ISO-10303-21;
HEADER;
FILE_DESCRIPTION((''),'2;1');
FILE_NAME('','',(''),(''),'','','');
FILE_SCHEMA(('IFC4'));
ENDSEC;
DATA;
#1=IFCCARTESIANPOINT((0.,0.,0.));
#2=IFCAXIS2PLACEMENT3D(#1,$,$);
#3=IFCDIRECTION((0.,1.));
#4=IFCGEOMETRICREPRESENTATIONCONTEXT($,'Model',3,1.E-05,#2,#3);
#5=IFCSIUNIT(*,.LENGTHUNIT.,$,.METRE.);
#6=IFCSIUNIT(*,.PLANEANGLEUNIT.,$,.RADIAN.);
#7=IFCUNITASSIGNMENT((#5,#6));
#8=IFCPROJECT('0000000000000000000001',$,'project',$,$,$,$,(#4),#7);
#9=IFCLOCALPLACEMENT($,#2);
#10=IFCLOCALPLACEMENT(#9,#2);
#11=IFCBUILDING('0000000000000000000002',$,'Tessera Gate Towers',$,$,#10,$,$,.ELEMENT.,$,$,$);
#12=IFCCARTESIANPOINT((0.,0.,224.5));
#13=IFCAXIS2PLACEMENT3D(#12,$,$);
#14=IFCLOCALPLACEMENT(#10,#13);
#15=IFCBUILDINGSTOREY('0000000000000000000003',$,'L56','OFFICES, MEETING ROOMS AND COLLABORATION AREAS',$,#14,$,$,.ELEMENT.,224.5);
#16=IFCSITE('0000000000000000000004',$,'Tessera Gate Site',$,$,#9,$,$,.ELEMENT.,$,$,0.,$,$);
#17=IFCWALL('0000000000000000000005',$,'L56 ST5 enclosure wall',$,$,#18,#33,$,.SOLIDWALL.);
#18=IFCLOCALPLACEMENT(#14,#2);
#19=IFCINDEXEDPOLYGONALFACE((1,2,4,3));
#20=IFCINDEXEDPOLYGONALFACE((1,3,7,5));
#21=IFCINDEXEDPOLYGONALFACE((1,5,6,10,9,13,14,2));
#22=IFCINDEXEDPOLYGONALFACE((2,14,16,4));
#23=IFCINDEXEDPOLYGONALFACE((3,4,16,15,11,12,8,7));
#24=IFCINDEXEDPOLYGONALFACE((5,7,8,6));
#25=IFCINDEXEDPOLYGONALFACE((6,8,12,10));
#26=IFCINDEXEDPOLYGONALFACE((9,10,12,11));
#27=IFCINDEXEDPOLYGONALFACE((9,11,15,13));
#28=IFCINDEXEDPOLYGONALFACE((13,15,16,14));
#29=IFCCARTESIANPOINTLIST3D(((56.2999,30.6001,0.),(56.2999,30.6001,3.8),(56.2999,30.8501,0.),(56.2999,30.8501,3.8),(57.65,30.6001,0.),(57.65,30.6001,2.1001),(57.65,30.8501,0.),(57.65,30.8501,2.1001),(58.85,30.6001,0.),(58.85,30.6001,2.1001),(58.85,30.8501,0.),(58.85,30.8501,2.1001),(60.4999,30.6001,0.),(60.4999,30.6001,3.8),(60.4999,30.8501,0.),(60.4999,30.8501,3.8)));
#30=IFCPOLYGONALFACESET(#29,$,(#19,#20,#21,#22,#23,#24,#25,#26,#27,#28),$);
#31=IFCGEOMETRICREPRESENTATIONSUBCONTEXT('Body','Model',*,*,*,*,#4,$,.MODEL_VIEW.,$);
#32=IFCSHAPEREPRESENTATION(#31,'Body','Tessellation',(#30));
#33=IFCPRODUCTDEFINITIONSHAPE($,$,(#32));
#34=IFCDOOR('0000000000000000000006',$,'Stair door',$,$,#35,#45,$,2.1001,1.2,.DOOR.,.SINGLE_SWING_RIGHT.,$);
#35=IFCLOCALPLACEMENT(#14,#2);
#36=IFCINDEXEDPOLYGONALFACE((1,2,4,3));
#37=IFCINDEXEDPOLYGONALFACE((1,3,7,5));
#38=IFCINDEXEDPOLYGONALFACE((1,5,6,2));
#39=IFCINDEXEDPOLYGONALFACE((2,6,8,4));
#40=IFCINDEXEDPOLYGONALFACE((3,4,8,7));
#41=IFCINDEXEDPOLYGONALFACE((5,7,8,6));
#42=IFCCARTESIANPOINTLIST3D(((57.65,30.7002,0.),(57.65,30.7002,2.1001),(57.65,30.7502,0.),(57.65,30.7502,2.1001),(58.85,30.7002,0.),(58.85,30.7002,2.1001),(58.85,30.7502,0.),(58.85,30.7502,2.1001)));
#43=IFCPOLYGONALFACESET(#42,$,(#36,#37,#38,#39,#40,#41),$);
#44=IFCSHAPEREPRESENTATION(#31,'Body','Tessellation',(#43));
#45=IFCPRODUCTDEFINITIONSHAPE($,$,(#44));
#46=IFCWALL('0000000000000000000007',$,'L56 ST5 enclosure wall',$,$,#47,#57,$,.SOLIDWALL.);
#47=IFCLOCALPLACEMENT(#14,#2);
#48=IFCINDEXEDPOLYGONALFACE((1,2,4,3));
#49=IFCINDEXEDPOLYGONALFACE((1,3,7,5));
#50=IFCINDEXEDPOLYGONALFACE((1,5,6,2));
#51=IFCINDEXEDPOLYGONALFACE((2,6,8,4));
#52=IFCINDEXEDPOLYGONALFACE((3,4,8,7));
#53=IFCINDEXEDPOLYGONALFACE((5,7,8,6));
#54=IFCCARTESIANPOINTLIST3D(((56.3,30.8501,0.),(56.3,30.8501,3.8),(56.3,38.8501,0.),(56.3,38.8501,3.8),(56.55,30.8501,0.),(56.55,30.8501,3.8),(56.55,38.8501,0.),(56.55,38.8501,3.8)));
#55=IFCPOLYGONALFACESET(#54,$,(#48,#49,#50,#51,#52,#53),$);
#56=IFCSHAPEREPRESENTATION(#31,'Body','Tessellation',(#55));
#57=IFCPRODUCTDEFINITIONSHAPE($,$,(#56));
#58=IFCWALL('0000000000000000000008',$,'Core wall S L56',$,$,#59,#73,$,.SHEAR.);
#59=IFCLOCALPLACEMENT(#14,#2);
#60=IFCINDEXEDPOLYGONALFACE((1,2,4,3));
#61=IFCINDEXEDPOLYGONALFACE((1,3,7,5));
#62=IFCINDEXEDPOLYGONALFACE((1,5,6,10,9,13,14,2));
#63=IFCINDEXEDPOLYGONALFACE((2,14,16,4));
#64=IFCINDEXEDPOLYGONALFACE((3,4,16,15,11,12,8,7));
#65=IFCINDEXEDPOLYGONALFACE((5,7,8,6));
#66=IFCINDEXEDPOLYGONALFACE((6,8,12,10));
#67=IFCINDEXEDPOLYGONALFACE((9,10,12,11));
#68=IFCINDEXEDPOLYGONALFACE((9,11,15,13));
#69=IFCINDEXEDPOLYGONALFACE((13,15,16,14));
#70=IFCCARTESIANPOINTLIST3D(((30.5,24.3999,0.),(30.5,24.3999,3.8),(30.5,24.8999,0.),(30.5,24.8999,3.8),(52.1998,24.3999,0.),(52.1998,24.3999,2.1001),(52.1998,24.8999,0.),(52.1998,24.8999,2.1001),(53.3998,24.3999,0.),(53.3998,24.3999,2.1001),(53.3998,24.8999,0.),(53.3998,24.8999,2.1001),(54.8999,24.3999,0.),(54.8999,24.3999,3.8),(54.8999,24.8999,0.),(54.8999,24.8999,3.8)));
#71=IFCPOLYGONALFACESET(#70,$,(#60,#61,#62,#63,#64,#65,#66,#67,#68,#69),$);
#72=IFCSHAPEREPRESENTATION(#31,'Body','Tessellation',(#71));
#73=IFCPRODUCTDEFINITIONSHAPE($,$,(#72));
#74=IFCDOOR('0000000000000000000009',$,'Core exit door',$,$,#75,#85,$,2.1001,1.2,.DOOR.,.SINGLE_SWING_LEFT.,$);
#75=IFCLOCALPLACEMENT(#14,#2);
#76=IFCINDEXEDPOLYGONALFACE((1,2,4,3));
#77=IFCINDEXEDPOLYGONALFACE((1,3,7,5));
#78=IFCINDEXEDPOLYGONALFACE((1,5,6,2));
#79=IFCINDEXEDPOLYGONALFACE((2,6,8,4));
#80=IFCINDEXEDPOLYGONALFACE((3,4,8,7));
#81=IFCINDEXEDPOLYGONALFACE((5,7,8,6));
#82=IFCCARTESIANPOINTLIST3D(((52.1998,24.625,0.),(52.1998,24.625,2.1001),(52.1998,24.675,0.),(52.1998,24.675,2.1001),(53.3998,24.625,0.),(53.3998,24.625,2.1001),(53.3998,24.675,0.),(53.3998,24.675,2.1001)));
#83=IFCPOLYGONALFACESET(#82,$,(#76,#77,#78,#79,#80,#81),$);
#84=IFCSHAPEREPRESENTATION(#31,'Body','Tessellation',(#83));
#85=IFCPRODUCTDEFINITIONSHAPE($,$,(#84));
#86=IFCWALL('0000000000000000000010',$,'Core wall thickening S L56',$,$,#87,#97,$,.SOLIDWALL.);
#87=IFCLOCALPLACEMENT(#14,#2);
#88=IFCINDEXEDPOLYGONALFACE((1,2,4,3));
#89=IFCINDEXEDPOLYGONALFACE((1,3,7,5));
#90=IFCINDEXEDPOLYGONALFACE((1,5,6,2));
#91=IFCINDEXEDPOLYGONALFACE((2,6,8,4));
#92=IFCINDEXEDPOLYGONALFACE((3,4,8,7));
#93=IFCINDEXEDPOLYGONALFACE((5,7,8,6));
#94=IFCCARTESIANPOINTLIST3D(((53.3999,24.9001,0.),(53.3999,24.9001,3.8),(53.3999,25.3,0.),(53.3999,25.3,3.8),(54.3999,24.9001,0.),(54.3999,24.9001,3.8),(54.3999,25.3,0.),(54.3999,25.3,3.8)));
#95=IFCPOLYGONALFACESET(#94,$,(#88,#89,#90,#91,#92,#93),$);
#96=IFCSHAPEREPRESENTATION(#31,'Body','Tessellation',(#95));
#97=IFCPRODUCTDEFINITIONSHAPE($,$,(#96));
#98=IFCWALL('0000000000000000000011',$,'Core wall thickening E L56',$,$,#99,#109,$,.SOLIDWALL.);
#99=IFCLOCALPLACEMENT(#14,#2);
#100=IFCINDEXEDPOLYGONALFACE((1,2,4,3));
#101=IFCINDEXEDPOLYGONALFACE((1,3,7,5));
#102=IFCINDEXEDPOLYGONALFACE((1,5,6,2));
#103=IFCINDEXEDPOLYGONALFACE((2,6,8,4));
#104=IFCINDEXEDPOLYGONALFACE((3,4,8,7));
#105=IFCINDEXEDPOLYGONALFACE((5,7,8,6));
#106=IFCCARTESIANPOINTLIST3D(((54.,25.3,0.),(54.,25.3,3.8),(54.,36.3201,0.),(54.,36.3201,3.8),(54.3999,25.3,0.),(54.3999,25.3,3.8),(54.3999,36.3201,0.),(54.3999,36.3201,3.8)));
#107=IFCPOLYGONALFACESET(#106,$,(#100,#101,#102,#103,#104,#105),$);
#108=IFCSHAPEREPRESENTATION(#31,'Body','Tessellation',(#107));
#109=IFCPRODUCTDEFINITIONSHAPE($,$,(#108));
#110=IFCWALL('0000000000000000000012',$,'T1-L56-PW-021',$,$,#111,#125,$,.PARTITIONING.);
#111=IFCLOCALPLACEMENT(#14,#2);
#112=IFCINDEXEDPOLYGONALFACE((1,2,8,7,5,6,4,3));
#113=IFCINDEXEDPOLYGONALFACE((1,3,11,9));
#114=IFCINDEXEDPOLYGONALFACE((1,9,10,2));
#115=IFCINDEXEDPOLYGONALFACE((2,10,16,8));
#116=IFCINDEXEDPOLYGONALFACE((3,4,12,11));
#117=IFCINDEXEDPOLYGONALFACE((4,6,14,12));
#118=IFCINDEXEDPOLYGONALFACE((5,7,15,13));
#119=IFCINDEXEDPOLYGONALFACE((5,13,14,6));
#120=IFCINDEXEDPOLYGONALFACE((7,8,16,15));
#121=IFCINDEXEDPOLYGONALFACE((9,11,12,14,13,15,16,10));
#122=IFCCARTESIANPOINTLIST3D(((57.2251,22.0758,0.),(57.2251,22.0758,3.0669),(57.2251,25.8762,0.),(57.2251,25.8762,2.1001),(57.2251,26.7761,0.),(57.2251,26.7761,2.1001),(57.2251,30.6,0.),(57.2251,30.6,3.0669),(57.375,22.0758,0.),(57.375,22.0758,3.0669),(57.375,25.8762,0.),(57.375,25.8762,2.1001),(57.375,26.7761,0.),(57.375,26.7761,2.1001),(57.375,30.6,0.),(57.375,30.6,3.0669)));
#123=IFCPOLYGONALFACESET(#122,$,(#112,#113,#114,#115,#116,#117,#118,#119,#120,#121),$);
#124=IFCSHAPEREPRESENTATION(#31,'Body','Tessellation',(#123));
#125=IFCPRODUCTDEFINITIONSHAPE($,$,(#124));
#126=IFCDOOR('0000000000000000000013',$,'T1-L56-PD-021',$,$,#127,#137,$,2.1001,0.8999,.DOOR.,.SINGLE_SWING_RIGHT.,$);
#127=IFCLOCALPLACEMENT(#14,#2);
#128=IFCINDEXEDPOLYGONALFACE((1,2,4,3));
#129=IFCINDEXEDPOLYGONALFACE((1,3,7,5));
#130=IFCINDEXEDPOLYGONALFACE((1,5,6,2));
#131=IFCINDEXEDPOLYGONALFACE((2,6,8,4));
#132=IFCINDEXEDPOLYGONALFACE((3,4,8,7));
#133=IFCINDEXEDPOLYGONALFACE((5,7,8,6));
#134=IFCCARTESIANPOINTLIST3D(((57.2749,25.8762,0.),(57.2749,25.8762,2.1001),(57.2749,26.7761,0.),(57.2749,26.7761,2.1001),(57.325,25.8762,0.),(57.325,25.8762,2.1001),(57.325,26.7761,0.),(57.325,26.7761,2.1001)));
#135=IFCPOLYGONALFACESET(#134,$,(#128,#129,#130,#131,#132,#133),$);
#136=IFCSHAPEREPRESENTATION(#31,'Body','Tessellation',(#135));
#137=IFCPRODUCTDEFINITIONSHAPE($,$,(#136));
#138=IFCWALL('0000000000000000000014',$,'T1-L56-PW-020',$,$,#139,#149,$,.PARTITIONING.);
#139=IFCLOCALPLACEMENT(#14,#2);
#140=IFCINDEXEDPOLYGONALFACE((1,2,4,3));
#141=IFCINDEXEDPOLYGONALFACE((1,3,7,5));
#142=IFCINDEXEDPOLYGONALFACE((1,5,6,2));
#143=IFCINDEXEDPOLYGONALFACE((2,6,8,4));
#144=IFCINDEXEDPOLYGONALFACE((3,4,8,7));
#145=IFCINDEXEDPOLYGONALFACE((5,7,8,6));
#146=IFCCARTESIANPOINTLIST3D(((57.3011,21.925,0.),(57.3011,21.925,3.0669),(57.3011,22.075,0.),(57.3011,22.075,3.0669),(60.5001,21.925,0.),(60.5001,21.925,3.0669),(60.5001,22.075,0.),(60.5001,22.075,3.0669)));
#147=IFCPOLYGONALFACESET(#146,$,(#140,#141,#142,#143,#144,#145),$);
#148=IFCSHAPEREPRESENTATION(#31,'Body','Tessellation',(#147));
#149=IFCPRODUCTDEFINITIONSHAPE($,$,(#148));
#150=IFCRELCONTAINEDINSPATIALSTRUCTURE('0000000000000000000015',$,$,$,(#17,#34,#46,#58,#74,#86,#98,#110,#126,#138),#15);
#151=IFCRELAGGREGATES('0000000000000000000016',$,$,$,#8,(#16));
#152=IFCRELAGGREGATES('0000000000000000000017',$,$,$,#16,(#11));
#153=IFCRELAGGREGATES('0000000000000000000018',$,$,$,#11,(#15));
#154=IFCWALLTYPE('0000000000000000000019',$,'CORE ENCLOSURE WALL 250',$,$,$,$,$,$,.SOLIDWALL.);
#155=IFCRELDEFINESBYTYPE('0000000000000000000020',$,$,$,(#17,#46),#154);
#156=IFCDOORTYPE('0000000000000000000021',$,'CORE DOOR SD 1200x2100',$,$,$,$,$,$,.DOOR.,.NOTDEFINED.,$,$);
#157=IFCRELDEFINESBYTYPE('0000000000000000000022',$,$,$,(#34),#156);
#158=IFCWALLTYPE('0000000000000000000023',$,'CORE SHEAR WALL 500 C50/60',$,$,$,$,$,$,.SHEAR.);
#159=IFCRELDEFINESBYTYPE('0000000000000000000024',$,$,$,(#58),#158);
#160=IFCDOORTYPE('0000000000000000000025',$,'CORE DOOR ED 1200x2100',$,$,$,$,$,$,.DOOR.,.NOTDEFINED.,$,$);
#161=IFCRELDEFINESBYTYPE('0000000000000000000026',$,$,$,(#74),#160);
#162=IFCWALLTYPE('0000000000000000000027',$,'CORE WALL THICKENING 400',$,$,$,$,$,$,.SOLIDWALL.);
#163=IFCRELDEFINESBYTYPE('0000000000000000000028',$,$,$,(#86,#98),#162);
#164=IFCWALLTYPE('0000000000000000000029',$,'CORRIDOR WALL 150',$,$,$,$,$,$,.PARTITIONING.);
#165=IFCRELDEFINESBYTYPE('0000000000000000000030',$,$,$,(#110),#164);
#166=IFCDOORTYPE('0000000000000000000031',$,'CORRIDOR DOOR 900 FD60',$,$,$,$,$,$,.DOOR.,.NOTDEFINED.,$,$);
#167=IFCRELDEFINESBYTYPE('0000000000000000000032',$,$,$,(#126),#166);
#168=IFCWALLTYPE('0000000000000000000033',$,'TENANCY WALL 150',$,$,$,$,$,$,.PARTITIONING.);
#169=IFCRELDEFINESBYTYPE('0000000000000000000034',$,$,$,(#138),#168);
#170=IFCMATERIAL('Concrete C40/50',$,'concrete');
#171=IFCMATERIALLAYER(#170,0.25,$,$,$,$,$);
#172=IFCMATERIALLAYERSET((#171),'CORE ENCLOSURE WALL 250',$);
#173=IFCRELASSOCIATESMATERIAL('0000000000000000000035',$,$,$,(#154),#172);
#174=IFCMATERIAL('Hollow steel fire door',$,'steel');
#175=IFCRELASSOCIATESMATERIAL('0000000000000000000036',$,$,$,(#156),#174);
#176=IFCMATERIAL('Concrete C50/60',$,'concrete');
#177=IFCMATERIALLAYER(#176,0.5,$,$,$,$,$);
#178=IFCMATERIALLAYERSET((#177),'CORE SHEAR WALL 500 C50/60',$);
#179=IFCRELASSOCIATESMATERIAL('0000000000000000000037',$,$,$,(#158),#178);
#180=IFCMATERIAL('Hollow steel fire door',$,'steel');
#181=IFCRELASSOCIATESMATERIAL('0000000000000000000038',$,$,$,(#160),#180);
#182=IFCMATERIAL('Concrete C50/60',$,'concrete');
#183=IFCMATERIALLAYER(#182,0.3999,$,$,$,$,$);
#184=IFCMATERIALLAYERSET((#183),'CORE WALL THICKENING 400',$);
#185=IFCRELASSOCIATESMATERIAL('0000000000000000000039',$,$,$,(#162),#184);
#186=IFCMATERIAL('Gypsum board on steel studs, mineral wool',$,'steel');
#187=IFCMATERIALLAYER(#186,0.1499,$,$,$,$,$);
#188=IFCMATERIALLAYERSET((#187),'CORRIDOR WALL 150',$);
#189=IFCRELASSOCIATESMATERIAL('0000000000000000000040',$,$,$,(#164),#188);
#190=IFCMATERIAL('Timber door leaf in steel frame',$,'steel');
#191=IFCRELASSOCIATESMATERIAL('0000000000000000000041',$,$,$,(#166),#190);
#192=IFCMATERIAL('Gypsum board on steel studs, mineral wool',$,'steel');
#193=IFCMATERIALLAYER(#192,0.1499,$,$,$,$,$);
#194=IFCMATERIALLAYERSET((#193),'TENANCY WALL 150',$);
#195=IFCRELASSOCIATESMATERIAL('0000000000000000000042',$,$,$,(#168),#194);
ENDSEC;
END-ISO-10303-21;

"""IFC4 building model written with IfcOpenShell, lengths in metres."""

from ifc_helpers import new_model, si_unit, direction, frame, frame_2d, origin, place, context, subcontext, project, spatial, rectangle, extrude, source, transform, mapped, material, layer, layer_set, type_object, element, fill, save


model = new_model("IFC4")

# Units and contexts
model_context = context("Model", 3, precision=1e-05, world=origin(), true_north=direction((0.0, 1.0)))
body_context = subcontext(model_context, "Body", "Model", "MODEL_VIEW")
ifc_project = project(units=[si_unit("LENGTHUNIT", "METRE"), si_unit("PLANEANGLEUNIT", "RADIAN")], contexts=[model_context])

# Site, building, storey
site_placement = place(None, origin())
site = spatial("IfcSite", under=ifc_project, at=site_placement, Name="Tessera Gate Site", CompositionType="ELEMENT", RefElevation=0.0)
building_placement = place(site_placement, origin())
building = spatial("IfcBuilding", under=site, at=building_placement, Name="Tessera Gate Towers", CompositionType="ELEMENT")
storey_placement = place(building_placement, frame((0.0, 0.0, 224.5)))
storey = spatial("IfcBuildingStorey", under=building, at=storey_placement, Name="L56", Description="OFFICES, MEETING ROOMS AND COLLABORATION AREAS", CompositionType="ELEMENT", Elevation=224.5)

# Wall, opening, door
ifc_material_1 = material(Name="Concrete C40/50", Category="concrete")
ifc_layer_1 = layer(ifc_material_1, 0.25)
ifc_layer_set_1 = layer_set([ifc_layer_1], Name="CORE ENCLOSURE WALL 250")
wall_type_1 = type_object("IfcWallType", Name="CORE ENCLOSURE WALL 250", PredefinedType="SOLIDWALL", material=ifc_layer_set_1)
shared_shape_1 = source(origin(), body_context, "Body", "SweptSolid", [
    extrude(rectangle(XDim=1.2, YDim=2.1001, at=frame_2d((0.6001, 1.05))), frame((0.0, 0.135, 0.0), z_axis=(0.0, -1.0, 0.0), x_axis=(1.0, 0.0, 0.0)), (0.0, 0.0, 1.0), 0.27),
])
ifc_material_2 = material(Name="Hollow steel fire door", Category="steel")
door_type_1 = type_object("IfcDoorType", Name="CORE DOOR SD 1200x2100", OperationType="NOTDEFINED", PredefinedType="DOOR", material=ifc_material_2)
shared_shape_2 = source(origin(), body_context, "Body", "SweptSolid", [
    extrude(rectangle(XDim=1.2, YDim=2.1001, at=frame_2d((0.6001, 1.05))), frame((0.0, 0.0249, 0.0), z_axis=(0.0, -1.0, 0.0), x_axis=(1.0, 0.0, 0.0)), (0.0, 0.0, 1.0), 0.05),
])
wall_1_placement = place(storey_placement, frame((60.5, 30.7251, 0.0), z_axis=(0.0, 0.0, 1.0), x_axis=(-1.0, 0.0, 0.0)))
wall_1 = element("IfcWall", 1, at=wall_1_placement, inside=storey, type_object=wall_type_1, Name="L56 ST5 enclosure wall", PredefinedType="SOLIDWALL", context=body_context, shape_type="SweptSolid", body=[
    extrude(rectangle(XDim=4.2, YDim=0.25, at=frame_2d((2.1001, 0.0))), origin(), (0.0, 0.0, 1.0), 3.8),
])
opening_1_placement = place(wall_1_placement, frame((1.6499, 0.0, 0.0)))
opening_1 = element("IfcOpeningElement", 2, at=opening_1_placement, cuts=wall_1, PredefinedType="OPENING", context=body_context, shape_type="MappedRepresentation", body=[
    mapped(shared_shape_1, transform((0.0, 0.0, 0.0), scale=1.0)),
])
door_1_placement = place(opening_1_placement, origin())
door_1 = element("IfcDoor", 3, at=door_1_placement, inside=storey, type_object=door_type_1, Name="Stair door", OperationType="SINGLE_SWING_RIGHT", OverallHeight=2.1001, OverallWidth=1.2, PredefinedType="DOOR", context=body_context, shape_type="MappedRepresentation", body=[
    mapped(shared_shape_2, transform((0.0, 0.0, 0.0), scale=1.0)),
])
fill(opening_1, door_1)

# Wall
wall_2_placement = place(storey_placement, frame((56.425, 30.8501, 0.0), z_axis=(0.0, 0.0, 1.0), x_axis=(0.0, 1.0, 0.0)))
element("IfcWall", 4, at=wall_2_placement, inside=storey, type_object=wall_type_1, Name="L56 ST5 enclosure wall", PredefinedType="SOLIDWALL", context=body_context, shape_type="SweptSolid", body=[
    extrude(rectangle(XDim=8.0, YDim=0.25, at=frame_2d((4.0, 0.0))), origin(), (0.0, 0.0, 1.0), 3.8),
])

# Wall, opening, door
ifc_material_3 = material(Name="Concrete C50/60", Category="concrete")
ifc_layer_2 = layer(ifc_material_3, 0.5)
ifc_layer_set_2 = layer_set([ifc_layer_2], Name="CORE SHEAR WALL 500 C50/60")
wall_type_2 = type_object("IfcWallType", Name="CORE SHEAR WALL 500 C50/60", PredefinedType="SHEAR", material=ifc_layer_set_2)
wall_3_placement = place(storey_placement, frame((54.8999, 24.6499, 0.0), z_axis=(0.0, 0.0, 1.0), x_axis=(-1.0, 0.0, 0.0)))
wall_3 = element("IfcWall", 5, at=wall_3_placement, inside=storey, type_object=wall_type_2, Name="Core wall S L56", PredefinedType="SHEAR", context=body_context, shape_type="SweptSolid", body=[
    extrude(rectangle(XDim=24.3999, YDim=0.5, at=frame_2d((12.2, 0.0))), origin(), (0.0, 0.0, 1.0), 3.8),
])
shared_shape_3 = source(origin(), body_context, "Body", "SweptSolid", [
    extrude(rectangle(XDim=1.2, YDim=2.1001, at=frame_2d((0.6001, 1.05))), frame((0.0, 0.26, 0.0), z_axis=(0.0, -1.0, 0.0), x_axis=(1.0, 0.0, 0.0)), (0.0, 0.0, 1.0), 0.52),
])
opening_2_placement = place(wall_3_placement, frame((1.5, 0.0, 0.0)))
opening_2 = element("IfcOpeningElement", 6, at=opening_2_placement, cuts=wall_3, PredefinedType="OPENING", context=body_context, shape_type="MappedRepresentation", body=[
    mapped(shared_shape_3, transform((0.0, 0.0, 0.0), scale=1.0)),
])
ifc_material_4 = material(Name="Hollow steel fire door", Category="steel")
door_type_2 = type_object("IfcDoorType", Name="CORE DOOR ED 1200x2100", OperationType="NOTDEFINED", PredefinedType="DOOR", material=ifc_material_4)
door_2_placement = place(opening_2_placement, origin())
door_2 = element("IfcDoor", 7, at=door_2_placement, inside=storey, type_object=door_type_2, Name="Core exit door", OperationType="SINGLE_SWING_LEFT", OverallHeight=2.1001, OverallWidth=1.2, PredefinedType="DOOR", context=body_context, shape_type="MappedRepresentation", body=[
    mapped(shared_shape_2, transform((0.0, 0.0, 0.0), scale=1.0)),
])
fill(opening_2, door_2)

# Walls
ifc_material_5 = material(Name="Concrete C50/60", Category="concrete")
ifc_layer_3 = layer(ifc_material_5, 0.3999)
ifc_layer_set_3 = layer_set([ifc_layer_3], Name="CORE WALL THICKENING 400")
wall_type_3 = type_object("IfcWallType", Name="CORE WALL THICKENING 400", PredefinedType="SOLIDWALL", material=ifc_layer_set_3)
wall_4_placement = place(storey_placement, frame((53.3999, 25.1001, 0.0), z_axis=(0.0, 0.0, 1.0), x_axis=(1.0, 0.0, 0.0)))
element("IfcWall", 8, at=wall_4_placement, inside=storey, type_object=wall_type_3, Name="Core wall thickening S L56", PredefinedType="SOLIDWALL", context=body_context, shape_type="SweptSolid", body=[
    extrude(rectangle(XDim=1.0, YDim=0.3999, at=frame_2d((0.5, 0.0))), origin(), (0.0, 0.0, 1.0), 3.8),
])
wall_5_placement = place(storey_placement, frame((54.2, 25.3, 0.0), z_axis=(0.0, 0.0, 1.0), x_axis=(0.0, 1.0, 0.0)))
element("IfcWall", 9, at=wall_5_placement, inside=storey, type_object=wall_type_3, Name="Core wall thickening E L56", PredefinedType="SOLIDWALL", context=body_context, shape_type="SweptSolid", body=[
    extrude(rectangle(XDim=11.02, YDim=0.3999, at=frame_2d((5.51, 0.0))), origin(), (0.0, 0.0, 1.0), 3.8),
])

# Wall, opening, door
ifc_material_6 = material(Name="Gypsum board on steel studs, mineral wool", Category="steel")
ifc_layer_4 = layer(ifc_material_6, 0.1499)
ifc_layer_set_4 = layer_set([ifc_layer_4], Name="CORRIDOR WALL 150")
wall_type_4 = type_object("IfcWallType", Name="CORRIDOR WALL 150", PredefinedType="PARTITIONING", material=ifc_layer_set_4)
wall_6_placement = place(storey_placement, frame((57.3, 30.6001, 0.0), z_axis=(0.0, 0.0, 1.0), x_axis=(0.0, -1.0, 0.0)))
wall_6 = element("IfcWall", 10, at=wall_6_placement, inside=storey, type_object=wall_type_4, Name="T1-L56-PW-021", PredefinedType="PARTITIONING", context=body_context, shape_type="SweptSolid", body=[
    extrude(rectangle(XDim=8.5242, YDim=0.1499, at=frame_2d((4.2622, 0.0))), origin(), (0.0, 0.0, 1.0), 3.0669),
])
shared_shape_4 = source(origin(), body_context, "Body", "SweptSolid", [
    extrude(rectangle(XDim=0.8999, YDim=2.1001, at=frame_2d((0.45, 1.05))), frame((0.0, 0.085, 0.0), z_axis=(0.0, -1.0, 0.0), x_axis=(1.0, 0.0, 0.0)), (0.0, 0.0, 1.0), 0.1699),
])
opening_3_placement = place(wall_6_placement, frame((3.824, 0.0, 0.0)))
opening_3 = element("IfcOpeningElement", 11, at=opening_3_placement, cuts=wall_6, PredefinedType="OPENING", context=body_context, shape_type="MappedRepresentation", body=[
    mapped(shared_shape_4, transform((0.0, 0.0, 0.0), scale=1.0)),
])
ifc_material_7 = material(Name="Timber door leaf in steel frame", Category="steel")
door_type_3 = type_object("IfcDoorType", Name="CORRIDOR DOOR 900 FD60", OperationType="NOTDEFINED", PredefinedType="DOOR", material=ifc_material_7)
shared_shape_5 = source(origin(), body_context, "Body", "SweptSolid", [
    extrude(rectangle(XDim=0.8999, YDim=2.1001, at=frame_2d((0.45, 1.05))), frame((0.0, 0.0249, 0.0), z_axis=(0.0, -1.0, 0.0), x_axis=(1.0, 0.0, 0.0)), (0.0, 0.0, 1.0), 0.05),
])
door_3_placement = place(opening_3_placement, origin())
door_3 = element("IfcDoor", 12, at=door_3_placement, inside=storey, type_object=door_type_3, Name="T1-L56-PD-021", OperationType="SINGLE_SWING_RIGHT", OverallHeight=2.1001, OverallWidth=0.8999, PredefinedType="DOOR", context=body_context, shape_type="MappedRepresentation", body=[
    mapped(shared_shape_5, transform((0.0, 0.0, 0.0), scale=1.0)),
])
fill(opening_3, door_3)

# Wall
ifc_material_8 = material(Name="Gypsum board on steel studs, mineral wool", Category="steel")
ifc_layer_5 = layer(ifc_material_8, 0.1499)
ifc_layer_set_5 = layer_set([ifc_layer_5], Name="TENANCY WALL 150")
wall_type_5 = type_object("IfcWallType", Name="TENANCY WALL 150", PredefinedType="PARTITIONING", material=ifc_layer_set_5)
wall_7_placement = place(storey_placement, frame((57.301, 22.0, 0.0), z_axis=(0.0, 0.0, 1.0), x_axis=(1.0, 0.0, 0.0)))
element("IfcWall", 13, at=wall_7_placement, inside=storey, type_object=wall_type_5, Name="T1-L56-PW-020", PredefinedType="PARTITIONING", context=body_context, shape_type="SweptSolid", body=[
    extrude(rectangle(XDim=3.199, YDim=0.1499, at=frame_2d((1.5996, 0.0))), origin(), (0.0, 0.0, 1.0), 3.0669),
])

save(model, "model.ifc")
